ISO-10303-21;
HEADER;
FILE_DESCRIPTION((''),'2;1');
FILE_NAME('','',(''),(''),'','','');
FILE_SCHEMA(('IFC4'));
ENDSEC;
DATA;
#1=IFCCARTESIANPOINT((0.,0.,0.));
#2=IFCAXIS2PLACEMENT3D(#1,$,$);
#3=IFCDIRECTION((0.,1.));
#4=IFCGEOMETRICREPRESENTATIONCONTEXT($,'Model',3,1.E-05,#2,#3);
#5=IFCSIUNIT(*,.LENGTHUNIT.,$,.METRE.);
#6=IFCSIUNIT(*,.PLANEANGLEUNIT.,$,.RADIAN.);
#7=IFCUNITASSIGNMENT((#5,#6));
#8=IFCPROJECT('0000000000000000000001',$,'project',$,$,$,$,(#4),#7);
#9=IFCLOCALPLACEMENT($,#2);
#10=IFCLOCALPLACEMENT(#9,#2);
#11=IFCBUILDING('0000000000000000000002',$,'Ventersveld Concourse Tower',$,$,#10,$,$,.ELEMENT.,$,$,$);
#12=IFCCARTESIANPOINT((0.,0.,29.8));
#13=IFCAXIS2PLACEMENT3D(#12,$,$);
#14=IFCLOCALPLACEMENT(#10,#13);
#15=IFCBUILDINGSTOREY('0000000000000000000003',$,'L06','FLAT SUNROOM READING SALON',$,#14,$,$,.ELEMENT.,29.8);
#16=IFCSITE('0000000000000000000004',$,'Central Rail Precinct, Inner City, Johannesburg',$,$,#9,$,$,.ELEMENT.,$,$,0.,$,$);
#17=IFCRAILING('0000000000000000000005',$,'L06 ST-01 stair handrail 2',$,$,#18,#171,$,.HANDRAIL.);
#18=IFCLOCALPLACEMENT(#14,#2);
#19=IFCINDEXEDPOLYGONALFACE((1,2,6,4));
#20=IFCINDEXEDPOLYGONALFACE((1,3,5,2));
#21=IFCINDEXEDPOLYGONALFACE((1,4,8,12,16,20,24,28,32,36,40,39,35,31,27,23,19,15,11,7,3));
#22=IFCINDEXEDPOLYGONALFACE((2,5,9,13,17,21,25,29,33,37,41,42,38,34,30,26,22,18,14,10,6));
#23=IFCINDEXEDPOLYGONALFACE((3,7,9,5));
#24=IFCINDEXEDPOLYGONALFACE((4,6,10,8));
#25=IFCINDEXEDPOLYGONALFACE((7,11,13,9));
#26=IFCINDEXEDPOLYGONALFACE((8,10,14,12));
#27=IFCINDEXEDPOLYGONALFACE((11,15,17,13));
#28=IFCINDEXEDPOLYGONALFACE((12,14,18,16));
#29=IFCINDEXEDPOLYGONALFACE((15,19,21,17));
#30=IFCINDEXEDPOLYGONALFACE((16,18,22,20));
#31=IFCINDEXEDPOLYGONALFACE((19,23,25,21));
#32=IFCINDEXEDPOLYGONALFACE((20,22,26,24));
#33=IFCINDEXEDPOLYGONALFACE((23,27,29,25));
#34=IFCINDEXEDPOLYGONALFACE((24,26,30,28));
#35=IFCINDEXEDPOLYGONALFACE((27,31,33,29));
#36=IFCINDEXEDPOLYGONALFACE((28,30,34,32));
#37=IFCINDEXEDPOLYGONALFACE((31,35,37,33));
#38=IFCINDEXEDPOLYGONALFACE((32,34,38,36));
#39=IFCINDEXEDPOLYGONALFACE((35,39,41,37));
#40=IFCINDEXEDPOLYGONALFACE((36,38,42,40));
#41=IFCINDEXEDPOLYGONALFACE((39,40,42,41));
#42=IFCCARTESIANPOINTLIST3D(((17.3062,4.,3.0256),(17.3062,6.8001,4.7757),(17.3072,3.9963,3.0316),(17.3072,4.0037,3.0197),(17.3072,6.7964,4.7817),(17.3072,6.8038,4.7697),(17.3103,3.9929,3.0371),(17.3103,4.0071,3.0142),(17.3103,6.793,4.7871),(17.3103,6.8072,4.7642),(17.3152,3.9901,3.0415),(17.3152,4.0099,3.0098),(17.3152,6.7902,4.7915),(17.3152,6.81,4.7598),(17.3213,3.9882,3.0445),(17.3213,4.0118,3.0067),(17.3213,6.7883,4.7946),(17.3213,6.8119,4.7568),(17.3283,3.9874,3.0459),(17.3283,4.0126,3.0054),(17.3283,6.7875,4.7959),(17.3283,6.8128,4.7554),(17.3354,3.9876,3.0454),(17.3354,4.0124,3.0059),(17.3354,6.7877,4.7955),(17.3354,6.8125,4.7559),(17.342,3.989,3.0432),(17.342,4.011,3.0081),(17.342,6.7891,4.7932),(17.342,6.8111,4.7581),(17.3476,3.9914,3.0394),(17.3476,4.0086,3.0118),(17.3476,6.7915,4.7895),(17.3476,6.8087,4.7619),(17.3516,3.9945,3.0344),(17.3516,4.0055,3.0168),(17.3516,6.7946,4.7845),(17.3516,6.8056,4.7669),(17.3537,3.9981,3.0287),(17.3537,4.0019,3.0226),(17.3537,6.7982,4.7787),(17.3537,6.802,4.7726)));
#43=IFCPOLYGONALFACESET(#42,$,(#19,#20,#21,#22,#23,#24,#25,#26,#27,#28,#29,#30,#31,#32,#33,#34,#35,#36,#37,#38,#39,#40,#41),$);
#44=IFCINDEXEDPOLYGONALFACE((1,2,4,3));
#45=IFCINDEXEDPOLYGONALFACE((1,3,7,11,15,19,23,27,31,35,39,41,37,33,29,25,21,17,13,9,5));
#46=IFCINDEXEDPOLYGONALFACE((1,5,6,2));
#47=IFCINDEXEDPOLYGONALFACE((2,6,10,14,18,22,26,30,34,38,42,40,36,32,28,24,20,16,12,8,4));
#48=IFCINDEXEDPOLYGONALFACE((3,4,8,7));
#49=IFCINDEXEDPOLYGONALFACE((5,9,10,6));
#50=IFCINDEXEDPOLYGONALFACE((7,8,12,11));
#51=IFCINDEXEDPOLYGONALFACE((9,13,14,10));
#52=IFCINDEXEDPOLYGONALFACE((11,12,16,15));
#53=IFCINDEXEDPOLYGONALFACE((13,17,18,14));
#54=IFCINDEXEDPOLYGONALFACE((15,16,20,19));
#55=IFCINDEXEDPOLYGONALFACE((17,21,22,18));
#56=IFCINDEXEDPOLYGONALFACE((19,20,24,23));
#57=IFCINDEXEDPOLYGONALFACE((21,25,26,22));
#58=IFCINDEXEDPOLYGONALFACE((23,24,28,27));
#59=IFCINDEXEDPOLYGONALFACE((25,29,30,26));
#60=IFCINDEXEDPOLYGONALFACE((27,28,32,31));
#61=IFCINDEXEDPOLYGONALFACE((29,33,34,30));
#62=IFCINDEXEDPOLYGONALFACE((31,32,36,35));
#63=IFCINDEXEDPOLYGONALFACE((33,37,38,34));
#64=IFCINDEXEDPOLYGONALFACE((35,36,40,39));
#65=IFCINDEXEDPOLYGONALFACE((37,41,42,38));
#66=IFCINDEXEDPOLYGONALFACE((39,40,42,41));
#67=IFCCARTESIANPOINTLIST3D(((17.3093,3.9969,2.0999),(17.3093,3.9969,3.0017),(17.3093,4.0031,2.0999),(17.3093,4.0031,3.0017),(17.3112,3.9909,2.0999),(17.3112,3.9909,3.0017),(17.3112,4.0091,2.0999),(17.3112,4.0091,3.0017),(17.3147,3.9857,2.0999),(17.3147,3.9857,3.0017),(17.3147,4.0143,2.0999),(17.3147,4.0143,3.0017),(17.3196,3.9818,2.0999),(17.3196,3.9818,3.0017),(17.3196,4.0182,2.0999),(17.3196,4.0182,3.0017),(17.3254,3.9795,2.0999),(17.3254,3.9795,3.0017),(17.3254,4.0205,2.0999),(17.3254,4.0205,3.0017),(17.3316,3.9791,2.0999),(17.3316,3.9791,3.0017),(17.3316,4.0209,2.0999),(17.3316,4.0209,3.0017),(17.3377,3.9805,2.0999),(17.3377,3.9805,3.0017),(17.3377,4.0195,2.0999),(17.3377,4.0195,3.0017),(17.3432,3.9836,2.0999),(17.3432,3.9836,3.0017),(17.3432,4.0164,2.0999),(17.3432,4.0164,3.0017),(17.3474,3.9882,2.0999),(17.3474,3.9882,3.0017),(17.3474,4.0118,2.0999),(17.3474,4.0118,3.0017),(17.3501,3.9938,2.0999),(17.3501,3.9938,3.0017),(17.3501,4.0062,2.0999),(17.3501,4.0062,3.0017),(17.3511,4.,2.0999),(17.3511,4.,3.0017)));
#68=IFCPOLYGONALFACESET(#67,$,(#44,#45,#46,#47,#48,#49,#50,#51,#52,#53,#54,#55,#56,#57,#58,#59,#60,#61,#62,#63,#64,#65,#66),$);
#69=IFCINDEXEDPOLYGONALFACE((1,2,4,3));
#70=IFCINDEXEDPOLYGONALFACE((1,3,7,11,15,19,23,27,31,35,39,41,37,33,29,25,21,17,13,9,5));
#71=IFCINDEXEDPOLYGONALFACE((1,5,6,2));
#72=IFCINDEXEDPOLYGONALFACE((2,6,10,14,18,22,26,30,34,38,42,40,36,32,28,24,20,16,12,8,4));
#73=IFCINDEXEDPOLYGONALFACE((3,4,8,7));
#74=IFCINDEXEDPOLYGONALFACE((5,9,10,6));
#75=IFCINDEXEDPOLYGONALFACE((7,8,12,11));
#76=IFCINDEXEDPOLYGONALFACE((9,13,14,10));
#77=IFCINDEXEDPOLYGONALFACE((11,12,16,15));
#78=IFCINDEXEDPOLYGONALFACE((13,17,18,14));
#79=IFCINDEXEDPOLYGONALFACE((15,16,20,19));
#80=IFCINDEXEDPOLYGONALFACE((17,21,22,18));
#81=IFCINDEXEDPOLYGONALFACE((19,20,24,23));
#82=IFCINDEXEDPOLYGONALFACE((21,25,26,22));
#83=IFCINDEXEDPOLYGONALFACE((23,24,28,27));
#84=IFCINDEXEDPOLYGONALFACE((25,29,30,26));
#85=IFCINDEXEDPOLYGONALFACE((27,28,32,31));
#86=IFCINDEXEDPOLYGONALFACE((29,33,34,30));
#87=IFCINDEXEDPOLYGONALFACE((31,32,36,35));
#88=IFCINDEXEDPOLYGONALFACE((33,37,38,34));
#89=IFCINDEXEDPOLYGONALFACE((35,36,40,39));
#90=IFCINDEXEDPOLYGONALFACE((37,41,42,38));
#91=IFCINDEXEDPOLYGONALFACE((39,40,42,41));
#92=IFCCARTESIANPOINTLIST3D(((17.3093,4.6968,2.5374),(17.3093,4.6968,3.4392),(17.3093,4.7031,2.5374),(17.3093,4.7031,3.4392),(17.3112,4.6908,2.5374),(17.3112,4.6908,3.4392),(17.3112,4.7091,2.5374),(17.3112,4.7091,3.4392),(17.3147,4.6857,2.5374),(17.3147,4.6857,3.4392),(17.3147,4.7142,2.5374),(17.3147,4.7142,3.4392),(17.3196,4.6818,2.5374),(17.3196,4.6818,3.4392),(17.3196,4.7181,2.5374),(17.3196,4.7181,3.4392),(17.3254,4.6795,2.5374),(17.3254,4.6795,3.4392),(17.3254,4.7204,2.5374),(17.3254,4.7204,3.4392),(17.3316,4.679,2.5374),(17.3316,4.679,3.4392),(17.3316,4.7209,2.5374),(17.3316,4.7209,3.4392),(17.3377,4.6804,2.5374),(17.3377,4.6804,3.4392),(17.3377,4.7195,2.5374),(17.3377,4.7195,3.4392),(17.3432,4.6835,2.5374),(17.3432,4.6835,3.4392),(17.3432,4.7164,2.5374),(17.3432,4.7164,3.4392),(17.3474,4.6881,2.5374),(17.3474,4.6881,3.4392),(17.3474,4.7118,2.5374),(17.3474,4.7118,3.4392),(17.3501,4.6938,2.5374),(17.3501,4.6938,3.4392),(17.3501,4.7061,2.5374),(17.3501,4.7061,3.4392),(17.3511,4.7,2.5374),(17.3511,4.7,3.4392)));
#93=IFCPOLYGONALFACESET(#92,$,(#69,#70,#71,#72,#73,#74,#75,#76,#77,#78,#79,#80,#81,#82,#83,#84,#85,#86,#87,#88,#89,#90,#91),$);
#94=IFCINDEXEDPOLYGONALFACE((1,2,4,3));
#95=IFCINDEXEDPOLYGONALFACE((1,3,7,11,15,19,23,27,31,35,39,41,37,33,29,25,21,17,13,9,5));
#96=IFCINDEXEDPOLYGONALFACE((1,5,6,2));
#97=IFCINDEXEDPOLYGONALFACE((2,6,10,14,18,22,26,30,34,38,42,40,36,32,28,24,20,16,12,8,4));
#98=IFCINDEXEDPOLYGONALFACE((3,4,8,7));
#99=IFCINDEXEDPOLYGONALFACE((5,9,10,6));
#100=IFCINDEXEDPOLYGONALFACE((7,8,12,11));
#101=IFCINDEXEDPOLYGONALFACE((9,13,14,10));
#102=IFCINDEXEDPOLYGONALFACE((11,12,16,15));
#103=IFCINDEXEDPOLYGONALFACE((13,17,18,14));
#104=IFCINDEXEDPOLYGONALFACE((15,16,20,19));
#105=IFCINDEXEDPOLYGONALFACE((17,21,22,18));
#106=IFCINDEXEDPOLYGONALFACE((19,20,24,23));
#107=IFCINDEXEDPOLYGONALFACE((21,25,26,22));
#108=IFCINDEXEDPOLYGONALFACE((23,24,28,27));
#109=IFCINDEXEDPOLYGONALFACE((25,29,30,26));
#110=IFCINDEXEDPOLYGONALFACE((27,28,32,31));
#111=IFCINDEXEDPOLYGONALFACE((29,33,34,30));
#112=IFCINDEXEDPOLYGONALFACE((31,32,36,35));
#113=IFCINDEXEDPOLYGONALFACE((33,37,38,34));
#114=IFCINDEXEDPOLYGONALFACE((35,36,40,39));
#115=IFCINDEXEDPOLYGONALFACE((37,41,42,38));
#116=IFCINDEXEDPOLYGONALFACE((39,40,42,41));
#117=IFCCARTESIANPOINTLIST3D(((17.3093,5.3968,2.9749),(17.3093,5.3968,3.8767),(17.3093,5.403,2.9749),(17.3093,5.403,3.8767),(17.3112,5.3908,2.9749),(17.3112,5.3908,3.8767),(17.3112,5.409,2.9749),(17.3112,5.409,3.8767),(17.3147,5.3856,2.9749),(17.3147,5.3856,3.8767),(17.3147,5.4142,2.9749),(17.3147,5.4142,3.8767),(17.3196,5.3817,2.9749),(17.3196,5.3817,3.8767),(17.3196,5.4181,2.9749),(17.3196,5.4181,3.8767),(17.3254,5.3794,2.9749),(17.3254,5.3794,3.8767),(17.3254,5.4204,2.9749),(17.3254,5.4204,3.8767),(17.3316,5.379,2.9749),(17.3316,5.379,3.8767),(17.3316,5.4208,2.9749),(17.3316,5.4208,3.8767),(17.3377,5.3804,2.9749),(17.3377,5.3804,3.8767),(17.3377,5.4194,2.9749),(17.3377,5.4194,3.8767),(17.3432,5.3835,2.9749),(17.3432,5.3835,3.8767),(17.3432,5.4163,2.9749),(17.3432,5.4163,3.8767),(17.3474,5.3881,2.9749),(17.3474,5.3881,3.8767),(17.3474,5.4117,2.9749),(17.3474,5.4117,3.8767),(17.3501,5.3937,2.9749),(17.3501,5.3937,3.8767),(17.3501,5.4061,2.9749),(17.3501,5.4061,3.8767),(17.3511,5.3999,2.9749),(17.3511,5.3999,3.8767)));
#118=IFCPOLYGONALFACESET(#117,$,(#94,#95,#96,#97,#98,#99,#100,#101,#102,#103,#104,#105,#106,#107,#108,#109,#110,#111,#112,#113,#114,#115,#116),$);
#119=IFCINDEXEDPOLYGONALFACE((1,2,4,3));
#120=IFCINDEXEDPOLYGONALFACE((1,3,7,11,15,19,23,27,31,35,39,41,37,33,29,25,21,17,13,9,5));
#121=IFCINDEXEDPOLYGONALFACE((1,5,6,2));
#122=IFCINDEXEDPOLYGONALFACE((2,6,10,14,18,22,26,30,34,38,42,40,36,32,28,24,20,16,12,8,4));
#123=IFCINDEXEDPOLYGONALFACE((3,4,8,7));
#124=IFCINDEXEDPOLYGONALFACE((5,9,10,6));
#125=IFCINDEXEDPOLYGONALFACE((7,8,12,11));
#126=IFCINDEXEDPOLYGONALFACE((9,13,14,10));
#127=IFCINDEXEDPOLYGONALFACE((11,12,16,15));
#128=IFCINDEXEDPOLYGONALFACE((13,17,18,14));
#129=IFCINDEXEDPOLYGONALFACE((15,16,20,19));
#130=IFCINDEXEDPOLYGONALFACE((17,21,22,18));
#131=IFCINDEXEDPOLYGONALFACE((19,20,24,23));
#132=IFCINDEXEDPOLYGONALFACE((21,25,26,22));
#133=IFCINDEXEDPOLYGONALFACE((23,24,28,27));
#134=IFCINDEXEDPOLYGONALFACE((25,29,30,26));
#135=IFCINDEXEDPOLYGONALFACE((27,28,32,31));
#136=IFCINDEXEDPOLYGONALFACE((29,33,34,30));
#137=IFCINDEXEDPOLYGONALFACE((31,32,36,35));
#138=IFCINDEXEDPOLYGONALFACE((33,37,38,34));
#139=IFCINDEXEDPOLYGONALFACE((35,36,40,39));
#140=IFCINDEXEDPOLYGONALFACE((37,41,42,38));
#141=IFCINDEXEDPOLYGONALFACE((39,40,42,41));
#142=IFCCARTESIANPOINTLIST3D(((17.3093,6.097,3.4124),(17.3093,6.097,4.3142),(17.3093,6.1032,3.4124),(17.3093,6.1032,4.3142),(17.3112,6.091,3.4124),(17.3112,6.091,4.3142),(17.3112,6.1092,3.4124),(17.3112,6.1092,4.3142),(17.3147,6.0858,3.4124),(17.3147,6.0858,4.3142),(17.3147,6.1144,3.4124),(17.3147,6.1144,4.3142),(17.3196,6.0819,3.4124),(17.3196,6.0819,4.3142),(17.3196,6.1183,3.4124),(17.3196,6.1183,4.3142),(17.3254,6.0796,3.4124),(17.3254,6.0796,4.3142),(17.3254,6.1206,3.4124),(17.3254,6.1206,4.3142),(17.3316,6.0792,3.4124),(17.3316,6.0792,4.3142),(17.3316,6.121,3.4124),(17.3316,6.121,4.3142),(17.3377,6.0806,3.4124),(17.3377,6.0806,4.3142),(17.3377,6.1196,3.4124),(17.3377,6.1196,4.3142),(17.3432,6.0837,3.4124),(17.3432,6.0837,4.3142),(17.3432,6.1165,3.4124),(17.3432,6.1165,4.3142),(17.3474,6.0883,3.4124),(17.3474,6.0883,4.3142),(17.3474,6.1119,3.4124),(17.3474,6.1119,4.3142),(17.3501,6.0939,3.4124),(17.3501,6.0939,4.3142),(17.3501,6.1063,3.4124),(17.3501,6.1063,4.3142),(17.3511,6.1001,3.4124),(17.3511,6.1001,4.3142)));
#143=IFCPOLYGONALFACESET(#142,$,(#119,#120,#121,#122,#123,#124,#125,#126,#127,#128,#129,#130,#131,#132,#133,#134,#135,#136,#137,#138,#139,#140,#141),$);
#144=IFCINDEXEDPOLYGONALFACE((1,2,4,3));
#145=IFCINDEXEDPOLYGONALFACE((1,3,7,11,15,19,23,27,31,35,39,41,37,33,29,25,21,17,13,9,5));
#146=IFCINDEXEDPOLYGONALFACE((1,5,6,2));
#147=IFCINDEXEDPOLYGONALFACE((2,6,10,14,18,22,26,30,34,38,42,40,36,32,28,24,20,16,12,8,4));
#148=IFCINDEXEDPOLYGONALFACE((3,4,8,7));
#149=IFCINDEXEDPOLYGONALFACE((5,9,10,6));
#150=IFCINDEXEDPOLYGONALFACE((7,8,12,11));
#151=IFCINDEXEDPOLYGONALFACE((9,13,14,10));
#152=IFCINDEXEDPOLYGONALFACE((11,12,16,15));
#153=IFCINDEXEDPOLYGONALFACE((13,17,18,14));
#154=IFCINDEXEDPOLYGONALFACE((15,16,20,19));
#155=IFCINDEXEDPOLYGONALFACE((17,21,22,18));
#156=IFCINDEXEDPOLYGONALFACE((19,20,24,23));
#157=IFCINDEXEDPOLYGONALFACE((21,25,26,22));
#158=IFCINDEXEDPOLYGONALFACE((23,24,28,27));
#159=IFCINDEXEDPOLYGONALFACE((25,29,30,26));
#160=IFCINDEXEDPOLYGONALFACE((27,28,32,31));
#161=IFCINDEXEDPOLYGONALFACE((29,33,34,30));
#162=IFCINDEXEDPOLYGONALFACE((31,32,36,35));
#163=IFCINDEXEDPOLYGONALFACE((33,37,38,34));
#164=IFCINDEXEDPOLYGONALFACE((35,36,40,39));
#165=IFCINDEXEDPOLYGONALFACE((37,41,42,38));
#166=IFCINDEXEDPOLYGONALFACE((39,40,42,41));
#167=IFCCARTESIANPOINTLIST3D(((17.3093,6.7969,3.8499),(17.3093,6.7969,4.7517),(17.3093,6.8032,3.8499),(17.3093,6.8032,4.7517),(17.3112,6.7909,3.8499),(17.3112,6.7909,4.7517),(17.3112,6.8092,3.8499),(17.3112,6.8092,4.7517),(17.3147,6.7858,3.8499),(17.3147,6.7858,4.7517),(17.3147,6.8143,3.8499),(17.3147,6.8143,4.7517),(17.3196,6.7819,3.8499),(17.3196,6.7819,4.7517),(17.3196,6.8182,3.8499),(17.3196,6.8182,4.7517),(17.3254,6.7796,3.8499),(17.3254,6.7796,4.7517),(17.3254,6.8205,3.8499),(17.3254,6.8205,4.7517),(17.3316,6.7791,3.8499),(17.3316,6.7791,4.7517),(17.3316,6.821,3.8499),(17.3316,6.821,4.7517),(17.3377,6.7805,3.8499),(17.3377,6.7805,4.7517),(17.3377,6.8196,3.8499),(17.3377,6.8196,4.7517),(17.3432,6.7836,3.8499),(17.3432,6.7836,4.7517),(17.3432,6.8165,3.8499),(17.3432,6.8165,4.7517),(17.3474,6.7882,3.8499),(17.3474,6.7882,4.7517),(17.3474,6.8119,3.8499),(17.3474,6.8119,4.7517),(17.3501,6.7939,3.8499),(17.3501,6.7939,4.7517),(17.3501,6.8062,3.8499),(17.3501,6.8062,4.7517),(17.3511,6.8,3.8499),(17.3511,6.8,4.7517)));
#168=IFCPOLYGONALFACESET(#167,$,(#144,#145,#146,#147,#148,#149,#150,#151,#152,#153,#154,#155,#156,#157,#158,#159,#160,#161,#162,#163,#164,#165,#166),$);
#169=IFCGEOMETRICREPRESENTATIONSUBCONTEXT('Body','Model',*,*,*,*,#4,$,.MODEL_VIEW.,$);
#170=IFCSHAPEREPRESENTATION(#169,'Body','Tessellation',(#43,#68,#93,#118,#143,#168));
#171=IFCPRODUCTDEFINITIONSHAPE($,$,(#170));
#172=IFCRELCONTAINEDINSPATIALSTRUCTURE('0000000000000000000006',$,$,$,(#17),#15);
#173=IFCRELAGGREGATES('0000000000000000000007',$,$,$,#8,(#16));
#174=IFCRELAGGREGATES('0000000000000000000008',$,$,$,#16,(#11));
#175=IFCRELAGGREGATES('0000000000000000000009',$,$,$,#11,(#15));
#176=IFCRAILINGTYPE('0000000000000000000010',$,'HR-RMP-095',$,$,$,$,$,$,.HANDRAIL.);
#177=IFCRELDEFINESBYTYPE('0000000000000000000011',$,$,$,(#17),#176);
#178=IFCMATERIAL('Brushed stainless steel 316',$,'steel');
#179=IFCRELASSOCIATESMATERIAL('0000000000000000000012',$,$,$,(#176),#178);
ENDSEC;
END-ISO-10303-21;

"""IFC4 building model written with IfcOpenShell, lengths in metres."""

from ifc_helpers import new_model, si_unit, direction, frame, origin, origin_2d, place, context, subcontext, project, spatial, circle, extrude, material, type_object, element, save


model = new_model("IFC4")

# Units and contexts
model_context = context("Model", 3, precision=1e-05, world=origin(), true_north=direction((0.0, 1.0)))
body_context = subcontext(model_context, "Body", "Model", "MODEL_VIEW")
ifc_project = project(units=[si_unit("LENGTHUNIT", "METRE"), si_unit("PLANEANGLEUNIT", "RADIAN")], contexts=[model_context])

# Site, building, storey
site_placement = place(None, origin())
site = spatial("IfcSite", under=ifc_project, at=site_placement, Name="Central Rail Precinct, Inner City, Johannesburg", CompositionType="ELEMENT", RefElevation=0.0)
building_placement = place(site_placement, origin())
building = spatial("IfcBuilding", under=site, at=building_placement, Name="Ventersveld Concourse Tower", CompositionType="ELEMENT")
storey_placement = place(building_placement, frame((0.0, 0.0, 29.8)))
storey = spatial("IfcBuildingStorey", under=building, at=storey_placement, Name="L06", Description="FLAT SUNROOM READING SALON", CompositionType="ELEMENT", Elevation=29.8)

# Shared definitions
ifc_material_1 = material(Name="Brushed stainless steel 316", Category="steel")

# Railing
railing_type_1 = type_object("IfcRailingType", Name="HR-RMP-095", PredefinedType="HANDRAIL", material=ifc_material_1)
railing_1_placement = place(storey_placement, frame((17.3301, 4.0, 2.0999)))
element("IfcRailing", 1, at=railing_1_placement, inside=storey, type_object=railing_type_1, Name="L06 ST-01 stair handrail 2", PredefinedType="HANDRAIL", context=body_context, shape_type="SweptSolid", body=[
    extrude(circle(Radius=0.0239, at=origin_2d()), frame((0.0, 0.0, 0.9258), z_axis=(0.0, 0.848002, 0.529992), x_axis=(-1.0, 0.0, 0.0)), (0.0, 0.0, 1.0), 3.302),
    extrude(circle(Radius=0.021, at=origin_2d()), origin(), (0.0, 0.0, 1.0), 0.9019),
    extrude(circle(Radius=0.021, at=origin_2d()), frame((0.0, 0.7, 0.4375)), (0.0, 0.0, 1.0), 0.9019),
    extrude(circle(Radius=0.021, at=origin_2d()), frame((0.0, 1.3999, 0.875)), (0.0, 0.0, 1.0), 0.9019),
    extrude(circle(Radius=0.021, at=origin_2d()), frame((0.0, 2.1001, 1.3125)), (0.0, 0.0, 1.0), 0.9019),
    extrude(circle(Radius=0.021, at=origin_2d()), frame((0.0, 2.8, 1.75)), (0.0, 0.0, 1.0), 0.9019),
])

save(model, "model.ifc")
